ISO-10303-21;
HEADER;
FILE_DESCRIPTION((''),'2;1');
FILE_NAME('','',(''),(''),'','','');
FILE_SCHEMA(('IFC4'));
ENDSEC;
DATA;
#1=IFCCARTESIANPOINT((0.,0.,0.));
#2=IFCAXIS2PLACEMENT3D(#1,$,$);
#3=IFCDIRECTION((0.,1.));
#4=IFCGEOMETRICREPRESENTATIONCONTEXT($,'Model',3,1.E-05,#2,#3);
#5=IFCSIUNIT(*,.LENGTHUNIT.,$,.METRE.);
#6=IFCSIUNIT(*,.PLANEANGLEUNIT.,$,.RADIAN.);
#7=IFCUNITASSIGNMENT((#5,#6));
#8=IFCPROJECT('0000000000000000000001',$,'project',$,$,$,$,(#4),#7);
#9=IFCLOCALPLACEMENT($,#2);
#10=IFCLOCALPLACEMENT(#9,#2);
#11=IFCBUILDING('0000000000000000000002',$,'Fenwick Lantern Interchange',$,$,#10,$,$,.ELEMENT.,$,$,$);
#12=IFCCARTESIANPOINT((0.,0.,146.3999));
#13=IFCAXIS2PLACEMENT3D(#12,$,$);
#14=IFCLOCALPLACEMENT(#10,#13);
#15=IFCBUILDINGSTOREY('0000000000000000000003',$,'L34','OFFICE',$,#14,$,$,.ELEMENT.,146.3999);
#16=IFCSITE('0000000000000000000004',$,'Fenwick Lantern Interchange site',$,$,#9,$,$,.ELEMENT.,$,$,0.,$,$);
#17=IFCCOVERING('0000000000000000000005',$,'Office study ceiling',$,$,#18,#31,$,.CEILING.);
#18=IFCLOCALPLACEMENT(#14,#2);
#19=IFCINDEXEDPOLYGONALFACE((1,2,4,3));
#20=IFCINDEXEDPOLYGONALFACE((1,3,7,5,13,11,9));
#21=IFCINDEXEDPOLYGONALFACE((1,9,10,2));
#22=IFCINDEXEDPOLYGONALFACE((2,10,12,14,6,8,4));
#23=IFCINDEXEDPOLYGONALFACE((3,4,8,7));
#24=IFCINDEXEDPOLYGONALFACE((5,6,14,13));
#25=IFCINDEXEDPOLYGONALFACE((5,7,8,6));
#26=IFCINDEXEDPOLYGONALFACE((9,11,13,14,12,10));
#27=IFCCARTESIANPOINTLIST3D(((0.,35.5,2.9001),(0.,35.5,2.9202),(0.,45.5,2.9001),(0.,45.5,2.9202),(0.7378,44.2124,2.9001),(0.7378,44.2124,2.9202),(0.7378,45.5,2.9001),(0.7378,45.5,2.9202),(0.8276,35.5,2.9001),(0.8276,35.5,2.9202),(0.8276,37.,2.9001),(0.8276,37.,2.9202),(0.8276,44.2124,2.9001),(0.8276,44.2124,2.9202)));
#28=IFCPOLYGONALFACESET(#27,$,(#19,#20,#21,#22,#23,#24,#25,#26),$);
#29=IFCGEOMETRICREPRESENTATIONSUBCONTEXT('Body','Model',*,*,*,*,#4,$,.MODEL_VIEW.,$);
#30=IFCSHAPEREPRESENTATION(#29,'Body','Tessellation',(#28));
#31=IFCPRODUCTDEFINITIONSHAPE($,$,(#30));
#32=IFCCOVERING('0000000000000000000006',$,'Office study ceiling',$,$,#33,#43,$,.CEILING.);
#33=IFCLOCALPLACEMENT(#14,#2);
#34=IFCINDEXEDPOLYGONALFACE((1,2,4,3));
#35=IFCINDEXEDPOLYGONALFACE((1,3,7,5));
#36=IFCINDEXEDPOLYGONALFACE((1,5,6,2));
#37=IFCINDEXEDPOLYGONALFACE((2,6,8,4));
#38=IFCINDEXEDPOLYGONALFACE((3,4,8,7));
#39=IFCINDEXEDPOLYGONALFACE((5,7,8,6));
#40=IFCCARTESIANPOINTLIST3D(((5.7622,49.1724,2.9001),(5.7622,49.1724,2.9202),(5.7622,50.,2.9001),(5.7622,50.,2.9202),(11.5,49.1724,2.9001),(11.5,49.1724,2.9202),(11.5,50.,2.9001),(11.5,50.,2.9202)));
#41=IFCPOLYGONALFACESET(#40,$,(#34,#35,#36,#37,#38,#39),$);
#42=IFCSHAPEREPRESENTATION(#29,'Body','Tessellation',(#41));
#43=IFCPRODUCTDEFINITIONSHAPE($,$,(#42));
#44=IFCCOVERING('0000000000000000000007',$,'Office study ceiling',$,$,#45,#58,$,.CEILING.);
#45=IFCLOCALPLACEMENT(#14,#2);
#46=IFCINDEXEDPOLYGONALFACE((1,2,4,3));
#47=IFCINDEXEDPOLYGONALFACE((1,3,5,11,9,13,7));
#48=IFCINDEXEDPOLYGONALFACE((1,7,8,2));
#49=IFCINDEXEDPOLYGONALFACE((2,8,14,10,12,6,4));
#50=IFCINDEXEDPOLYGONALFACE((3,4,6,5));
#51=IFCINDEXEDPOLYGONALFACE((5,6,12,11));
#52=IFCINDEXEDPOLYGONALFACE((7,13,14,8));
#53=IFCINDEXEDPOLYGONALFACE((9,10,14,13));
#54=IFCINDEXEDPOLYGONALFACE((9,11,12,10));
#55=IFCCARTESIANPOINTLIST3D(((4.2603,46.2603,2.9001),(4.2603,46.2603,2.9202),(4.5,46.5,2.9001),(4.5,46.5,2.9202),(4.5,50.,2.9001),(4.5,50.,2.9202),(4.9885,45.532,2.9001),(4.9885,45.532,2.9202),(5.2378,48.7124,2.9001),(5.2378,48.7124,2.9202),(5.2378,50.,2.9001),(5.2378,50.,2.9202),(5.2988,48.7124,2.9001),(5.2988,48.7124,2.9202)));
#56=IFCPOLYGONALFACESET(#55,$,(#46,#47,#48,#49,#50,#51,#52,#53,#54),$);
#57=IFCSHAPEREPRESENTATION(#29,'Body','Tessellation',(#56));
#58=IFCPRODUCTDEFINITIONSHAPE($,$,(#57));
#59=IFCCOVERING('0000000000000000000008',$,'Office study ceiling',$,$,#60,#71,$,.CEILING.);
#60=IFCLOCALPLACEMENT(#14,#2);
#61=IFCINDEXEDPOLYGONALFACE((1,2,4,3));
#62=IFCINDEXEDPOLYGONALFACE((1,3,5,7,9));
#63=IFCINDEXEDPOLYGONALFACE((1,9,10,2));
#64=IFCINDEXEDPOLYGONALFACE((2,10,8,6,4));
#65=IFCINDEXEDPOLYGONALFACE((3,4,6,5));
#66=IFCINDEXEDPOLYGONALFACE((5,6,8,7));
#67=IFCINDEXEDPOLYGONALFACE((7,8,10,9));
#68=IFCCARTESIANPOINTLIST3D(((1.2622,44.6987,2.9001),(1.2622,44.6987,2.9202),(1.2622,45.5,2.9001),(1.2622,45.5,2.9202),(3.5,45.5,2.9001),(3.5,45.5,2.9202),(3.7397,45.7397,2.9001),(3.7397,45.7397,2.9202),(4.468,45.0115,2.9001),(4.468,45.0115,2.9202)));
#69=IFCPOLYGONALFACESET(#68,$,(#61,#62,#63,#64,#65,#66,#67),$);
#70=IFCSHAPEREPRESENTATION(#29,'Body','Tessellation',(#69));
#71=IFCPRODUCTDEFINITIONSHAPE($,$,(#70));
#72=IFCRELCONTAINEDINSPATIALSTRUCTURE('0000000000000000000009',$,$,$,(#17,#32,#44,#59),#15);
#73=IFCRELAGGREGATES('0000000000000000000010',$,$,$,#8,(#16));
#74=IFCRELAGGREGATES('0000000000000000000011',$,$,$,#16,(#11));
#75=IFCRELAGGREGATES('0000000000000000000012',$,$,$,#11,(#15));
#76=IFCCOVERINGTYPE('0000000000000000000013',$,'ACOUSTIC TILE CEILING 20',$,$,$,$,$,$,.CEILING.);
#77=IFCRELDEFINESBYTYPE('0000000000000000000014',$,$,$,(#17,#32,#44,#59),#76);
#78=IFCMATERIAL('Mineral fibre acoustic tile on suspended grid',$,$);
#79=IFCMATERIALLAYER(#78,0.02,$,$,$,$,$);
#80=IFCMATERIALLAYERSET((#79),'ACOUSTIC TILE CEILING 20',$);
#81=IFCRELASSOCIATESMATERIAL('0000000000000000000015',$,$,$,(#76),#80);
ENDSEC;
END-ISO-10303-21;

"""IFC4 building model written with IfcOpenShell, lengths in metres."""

from ifc_helpers import new_model, si_unit, direction, frame, origin, place, context, subcontext, project, spatial, polyline, outline, extrude, material, layer, layer_set, type_object, element, save


model = new_model("IFC4")

# Units and contexts
model_context = context("Model", 3, precision=1e-05, world=origin(), true_north=direction((0.0, 1.0)))
body_context = subcontext(model_context, "Body", "Model", "MODEL_VIEW")
ifc_project = project(units=[si_unit("LENGTHUNIT", "METRE"), si_unit("PLANEANGLEUNIT", "RADIAN")], contexts=[model_context])

# Site, building, storey
site_placement = place(None, origin())
site = spatial("IfcSite", under=ifc_project, at=site_placement, Name="Fenwick Lantern Interchange site", CompositionType="ELEMENT", RefElevation=0.0)
building_placement = place(site_placement, origin())
building = spatial("IfcBuilding", under=site, at=building_placement, Name="Fenwick Lantern Interchange", CompositionType="ELEMENT")
storey_placement = place(building_placement, frame((0.0, 0.0, 146.3999)))
storey = spatial("IfcBuildingStorey", under=building, at=storey_placement, Name="L34", Description="OFFICE", CompositionType="ELEMENT", Elevation=146.3999)

# Coverings
ifc_material = material(Name="Mineral fibre acoustic tile on suspended grid")
ifc_layer = layer(ifc_material, 0.02)
ifc_layer_set = layer_set([ifc_layer], Name="ACOUSTIC TILE CEILING 20")
covering_type = type_object("IfcCoveringType", Name="ACOUSTIC TILE CEILING 20", PredefinedType="CEILING", material=ifc_layer_set)
covering_1_placement = place(storey_placement, frame((0.0, 0.0, 2.9001)))
element("IfcCovering", 1, at=covering_1_placement, inside=storey, type_object=covering_type, Name="Office study ceiling", PredefinedType="CEILING", context=body_context, shape_type="SweptSolid", body=[
    extrude(outline(polyline([(0.0, 35.5), (0.8276, 35.5), (0.8276, 37.0), (0.8276, 44.2124), (0.7378, 44.2124), (0.7378, 45.5), (0.0, 45.5), (0.0, 35.5)])), origin(), (0.0, 0.0, 1.0), 0.02),
])
covering_2_placement = place(storey_placement, frame((0.0, 0.0, 2.9001)))
element("IfcCovering", 2, at=covering_2_placement, inside=storey, type_object=covering_type, Name="Office study ceiling", PredefinedType="CEILING", context=body_context, shape_type="SweptSolid", body=[
    extrude(outline(polyline([(5.7622, 50.0), (5.7622, 49.1724), (11.5, 49.1724), (11.5, 50.0), (5.7622, 50.0)])), origin(), (0.0, 0.0, 1.0), 0.02),
])
covering_3_placement = place(storey_placement, frame((0.0, 0.0, 2.9001)))
element("IfcCovering", 3, at=covering_3_placement, inside=storey, type_object=covering_type, Name="Office study ceiling", PredefinedType="CEILING", context=body_context, shape_type="SweptSolid", body=[
    extrude(outline(polyline([(5.2988, 48.7124), (5.2378, 48.7124), (5.2378, 50.0), (4.5, 50.0), (4.5, 46.5), (4.2603, 46.2603), (4.9885, 45.532), (5.2988, 48.7124)])), origin(), (0.0, 0.0, 1.0), 0.02),
])
covering_4_placement = place(storey_placement, frame((0.0, 0.0, 2.9001)))
element("IfcCovering", 4, at=covering_4_placement, inside=storey, type_object=covering_type, Name="Office study ceiling", PredefinedType="CEILING", context=body_context, shape_type="SweptSolid", body=[
    extrude(outline(polyline([(1.2622, 45.5), (1.2622, 44.6987), (4.468, 45.0115), (3.7397, 45.7397), (3.5, 45.5), (1.2622, 45.5)])), origin(), (0.0, 0.0, 1.0), 0.02),
])

save(model, "model.ifc")
